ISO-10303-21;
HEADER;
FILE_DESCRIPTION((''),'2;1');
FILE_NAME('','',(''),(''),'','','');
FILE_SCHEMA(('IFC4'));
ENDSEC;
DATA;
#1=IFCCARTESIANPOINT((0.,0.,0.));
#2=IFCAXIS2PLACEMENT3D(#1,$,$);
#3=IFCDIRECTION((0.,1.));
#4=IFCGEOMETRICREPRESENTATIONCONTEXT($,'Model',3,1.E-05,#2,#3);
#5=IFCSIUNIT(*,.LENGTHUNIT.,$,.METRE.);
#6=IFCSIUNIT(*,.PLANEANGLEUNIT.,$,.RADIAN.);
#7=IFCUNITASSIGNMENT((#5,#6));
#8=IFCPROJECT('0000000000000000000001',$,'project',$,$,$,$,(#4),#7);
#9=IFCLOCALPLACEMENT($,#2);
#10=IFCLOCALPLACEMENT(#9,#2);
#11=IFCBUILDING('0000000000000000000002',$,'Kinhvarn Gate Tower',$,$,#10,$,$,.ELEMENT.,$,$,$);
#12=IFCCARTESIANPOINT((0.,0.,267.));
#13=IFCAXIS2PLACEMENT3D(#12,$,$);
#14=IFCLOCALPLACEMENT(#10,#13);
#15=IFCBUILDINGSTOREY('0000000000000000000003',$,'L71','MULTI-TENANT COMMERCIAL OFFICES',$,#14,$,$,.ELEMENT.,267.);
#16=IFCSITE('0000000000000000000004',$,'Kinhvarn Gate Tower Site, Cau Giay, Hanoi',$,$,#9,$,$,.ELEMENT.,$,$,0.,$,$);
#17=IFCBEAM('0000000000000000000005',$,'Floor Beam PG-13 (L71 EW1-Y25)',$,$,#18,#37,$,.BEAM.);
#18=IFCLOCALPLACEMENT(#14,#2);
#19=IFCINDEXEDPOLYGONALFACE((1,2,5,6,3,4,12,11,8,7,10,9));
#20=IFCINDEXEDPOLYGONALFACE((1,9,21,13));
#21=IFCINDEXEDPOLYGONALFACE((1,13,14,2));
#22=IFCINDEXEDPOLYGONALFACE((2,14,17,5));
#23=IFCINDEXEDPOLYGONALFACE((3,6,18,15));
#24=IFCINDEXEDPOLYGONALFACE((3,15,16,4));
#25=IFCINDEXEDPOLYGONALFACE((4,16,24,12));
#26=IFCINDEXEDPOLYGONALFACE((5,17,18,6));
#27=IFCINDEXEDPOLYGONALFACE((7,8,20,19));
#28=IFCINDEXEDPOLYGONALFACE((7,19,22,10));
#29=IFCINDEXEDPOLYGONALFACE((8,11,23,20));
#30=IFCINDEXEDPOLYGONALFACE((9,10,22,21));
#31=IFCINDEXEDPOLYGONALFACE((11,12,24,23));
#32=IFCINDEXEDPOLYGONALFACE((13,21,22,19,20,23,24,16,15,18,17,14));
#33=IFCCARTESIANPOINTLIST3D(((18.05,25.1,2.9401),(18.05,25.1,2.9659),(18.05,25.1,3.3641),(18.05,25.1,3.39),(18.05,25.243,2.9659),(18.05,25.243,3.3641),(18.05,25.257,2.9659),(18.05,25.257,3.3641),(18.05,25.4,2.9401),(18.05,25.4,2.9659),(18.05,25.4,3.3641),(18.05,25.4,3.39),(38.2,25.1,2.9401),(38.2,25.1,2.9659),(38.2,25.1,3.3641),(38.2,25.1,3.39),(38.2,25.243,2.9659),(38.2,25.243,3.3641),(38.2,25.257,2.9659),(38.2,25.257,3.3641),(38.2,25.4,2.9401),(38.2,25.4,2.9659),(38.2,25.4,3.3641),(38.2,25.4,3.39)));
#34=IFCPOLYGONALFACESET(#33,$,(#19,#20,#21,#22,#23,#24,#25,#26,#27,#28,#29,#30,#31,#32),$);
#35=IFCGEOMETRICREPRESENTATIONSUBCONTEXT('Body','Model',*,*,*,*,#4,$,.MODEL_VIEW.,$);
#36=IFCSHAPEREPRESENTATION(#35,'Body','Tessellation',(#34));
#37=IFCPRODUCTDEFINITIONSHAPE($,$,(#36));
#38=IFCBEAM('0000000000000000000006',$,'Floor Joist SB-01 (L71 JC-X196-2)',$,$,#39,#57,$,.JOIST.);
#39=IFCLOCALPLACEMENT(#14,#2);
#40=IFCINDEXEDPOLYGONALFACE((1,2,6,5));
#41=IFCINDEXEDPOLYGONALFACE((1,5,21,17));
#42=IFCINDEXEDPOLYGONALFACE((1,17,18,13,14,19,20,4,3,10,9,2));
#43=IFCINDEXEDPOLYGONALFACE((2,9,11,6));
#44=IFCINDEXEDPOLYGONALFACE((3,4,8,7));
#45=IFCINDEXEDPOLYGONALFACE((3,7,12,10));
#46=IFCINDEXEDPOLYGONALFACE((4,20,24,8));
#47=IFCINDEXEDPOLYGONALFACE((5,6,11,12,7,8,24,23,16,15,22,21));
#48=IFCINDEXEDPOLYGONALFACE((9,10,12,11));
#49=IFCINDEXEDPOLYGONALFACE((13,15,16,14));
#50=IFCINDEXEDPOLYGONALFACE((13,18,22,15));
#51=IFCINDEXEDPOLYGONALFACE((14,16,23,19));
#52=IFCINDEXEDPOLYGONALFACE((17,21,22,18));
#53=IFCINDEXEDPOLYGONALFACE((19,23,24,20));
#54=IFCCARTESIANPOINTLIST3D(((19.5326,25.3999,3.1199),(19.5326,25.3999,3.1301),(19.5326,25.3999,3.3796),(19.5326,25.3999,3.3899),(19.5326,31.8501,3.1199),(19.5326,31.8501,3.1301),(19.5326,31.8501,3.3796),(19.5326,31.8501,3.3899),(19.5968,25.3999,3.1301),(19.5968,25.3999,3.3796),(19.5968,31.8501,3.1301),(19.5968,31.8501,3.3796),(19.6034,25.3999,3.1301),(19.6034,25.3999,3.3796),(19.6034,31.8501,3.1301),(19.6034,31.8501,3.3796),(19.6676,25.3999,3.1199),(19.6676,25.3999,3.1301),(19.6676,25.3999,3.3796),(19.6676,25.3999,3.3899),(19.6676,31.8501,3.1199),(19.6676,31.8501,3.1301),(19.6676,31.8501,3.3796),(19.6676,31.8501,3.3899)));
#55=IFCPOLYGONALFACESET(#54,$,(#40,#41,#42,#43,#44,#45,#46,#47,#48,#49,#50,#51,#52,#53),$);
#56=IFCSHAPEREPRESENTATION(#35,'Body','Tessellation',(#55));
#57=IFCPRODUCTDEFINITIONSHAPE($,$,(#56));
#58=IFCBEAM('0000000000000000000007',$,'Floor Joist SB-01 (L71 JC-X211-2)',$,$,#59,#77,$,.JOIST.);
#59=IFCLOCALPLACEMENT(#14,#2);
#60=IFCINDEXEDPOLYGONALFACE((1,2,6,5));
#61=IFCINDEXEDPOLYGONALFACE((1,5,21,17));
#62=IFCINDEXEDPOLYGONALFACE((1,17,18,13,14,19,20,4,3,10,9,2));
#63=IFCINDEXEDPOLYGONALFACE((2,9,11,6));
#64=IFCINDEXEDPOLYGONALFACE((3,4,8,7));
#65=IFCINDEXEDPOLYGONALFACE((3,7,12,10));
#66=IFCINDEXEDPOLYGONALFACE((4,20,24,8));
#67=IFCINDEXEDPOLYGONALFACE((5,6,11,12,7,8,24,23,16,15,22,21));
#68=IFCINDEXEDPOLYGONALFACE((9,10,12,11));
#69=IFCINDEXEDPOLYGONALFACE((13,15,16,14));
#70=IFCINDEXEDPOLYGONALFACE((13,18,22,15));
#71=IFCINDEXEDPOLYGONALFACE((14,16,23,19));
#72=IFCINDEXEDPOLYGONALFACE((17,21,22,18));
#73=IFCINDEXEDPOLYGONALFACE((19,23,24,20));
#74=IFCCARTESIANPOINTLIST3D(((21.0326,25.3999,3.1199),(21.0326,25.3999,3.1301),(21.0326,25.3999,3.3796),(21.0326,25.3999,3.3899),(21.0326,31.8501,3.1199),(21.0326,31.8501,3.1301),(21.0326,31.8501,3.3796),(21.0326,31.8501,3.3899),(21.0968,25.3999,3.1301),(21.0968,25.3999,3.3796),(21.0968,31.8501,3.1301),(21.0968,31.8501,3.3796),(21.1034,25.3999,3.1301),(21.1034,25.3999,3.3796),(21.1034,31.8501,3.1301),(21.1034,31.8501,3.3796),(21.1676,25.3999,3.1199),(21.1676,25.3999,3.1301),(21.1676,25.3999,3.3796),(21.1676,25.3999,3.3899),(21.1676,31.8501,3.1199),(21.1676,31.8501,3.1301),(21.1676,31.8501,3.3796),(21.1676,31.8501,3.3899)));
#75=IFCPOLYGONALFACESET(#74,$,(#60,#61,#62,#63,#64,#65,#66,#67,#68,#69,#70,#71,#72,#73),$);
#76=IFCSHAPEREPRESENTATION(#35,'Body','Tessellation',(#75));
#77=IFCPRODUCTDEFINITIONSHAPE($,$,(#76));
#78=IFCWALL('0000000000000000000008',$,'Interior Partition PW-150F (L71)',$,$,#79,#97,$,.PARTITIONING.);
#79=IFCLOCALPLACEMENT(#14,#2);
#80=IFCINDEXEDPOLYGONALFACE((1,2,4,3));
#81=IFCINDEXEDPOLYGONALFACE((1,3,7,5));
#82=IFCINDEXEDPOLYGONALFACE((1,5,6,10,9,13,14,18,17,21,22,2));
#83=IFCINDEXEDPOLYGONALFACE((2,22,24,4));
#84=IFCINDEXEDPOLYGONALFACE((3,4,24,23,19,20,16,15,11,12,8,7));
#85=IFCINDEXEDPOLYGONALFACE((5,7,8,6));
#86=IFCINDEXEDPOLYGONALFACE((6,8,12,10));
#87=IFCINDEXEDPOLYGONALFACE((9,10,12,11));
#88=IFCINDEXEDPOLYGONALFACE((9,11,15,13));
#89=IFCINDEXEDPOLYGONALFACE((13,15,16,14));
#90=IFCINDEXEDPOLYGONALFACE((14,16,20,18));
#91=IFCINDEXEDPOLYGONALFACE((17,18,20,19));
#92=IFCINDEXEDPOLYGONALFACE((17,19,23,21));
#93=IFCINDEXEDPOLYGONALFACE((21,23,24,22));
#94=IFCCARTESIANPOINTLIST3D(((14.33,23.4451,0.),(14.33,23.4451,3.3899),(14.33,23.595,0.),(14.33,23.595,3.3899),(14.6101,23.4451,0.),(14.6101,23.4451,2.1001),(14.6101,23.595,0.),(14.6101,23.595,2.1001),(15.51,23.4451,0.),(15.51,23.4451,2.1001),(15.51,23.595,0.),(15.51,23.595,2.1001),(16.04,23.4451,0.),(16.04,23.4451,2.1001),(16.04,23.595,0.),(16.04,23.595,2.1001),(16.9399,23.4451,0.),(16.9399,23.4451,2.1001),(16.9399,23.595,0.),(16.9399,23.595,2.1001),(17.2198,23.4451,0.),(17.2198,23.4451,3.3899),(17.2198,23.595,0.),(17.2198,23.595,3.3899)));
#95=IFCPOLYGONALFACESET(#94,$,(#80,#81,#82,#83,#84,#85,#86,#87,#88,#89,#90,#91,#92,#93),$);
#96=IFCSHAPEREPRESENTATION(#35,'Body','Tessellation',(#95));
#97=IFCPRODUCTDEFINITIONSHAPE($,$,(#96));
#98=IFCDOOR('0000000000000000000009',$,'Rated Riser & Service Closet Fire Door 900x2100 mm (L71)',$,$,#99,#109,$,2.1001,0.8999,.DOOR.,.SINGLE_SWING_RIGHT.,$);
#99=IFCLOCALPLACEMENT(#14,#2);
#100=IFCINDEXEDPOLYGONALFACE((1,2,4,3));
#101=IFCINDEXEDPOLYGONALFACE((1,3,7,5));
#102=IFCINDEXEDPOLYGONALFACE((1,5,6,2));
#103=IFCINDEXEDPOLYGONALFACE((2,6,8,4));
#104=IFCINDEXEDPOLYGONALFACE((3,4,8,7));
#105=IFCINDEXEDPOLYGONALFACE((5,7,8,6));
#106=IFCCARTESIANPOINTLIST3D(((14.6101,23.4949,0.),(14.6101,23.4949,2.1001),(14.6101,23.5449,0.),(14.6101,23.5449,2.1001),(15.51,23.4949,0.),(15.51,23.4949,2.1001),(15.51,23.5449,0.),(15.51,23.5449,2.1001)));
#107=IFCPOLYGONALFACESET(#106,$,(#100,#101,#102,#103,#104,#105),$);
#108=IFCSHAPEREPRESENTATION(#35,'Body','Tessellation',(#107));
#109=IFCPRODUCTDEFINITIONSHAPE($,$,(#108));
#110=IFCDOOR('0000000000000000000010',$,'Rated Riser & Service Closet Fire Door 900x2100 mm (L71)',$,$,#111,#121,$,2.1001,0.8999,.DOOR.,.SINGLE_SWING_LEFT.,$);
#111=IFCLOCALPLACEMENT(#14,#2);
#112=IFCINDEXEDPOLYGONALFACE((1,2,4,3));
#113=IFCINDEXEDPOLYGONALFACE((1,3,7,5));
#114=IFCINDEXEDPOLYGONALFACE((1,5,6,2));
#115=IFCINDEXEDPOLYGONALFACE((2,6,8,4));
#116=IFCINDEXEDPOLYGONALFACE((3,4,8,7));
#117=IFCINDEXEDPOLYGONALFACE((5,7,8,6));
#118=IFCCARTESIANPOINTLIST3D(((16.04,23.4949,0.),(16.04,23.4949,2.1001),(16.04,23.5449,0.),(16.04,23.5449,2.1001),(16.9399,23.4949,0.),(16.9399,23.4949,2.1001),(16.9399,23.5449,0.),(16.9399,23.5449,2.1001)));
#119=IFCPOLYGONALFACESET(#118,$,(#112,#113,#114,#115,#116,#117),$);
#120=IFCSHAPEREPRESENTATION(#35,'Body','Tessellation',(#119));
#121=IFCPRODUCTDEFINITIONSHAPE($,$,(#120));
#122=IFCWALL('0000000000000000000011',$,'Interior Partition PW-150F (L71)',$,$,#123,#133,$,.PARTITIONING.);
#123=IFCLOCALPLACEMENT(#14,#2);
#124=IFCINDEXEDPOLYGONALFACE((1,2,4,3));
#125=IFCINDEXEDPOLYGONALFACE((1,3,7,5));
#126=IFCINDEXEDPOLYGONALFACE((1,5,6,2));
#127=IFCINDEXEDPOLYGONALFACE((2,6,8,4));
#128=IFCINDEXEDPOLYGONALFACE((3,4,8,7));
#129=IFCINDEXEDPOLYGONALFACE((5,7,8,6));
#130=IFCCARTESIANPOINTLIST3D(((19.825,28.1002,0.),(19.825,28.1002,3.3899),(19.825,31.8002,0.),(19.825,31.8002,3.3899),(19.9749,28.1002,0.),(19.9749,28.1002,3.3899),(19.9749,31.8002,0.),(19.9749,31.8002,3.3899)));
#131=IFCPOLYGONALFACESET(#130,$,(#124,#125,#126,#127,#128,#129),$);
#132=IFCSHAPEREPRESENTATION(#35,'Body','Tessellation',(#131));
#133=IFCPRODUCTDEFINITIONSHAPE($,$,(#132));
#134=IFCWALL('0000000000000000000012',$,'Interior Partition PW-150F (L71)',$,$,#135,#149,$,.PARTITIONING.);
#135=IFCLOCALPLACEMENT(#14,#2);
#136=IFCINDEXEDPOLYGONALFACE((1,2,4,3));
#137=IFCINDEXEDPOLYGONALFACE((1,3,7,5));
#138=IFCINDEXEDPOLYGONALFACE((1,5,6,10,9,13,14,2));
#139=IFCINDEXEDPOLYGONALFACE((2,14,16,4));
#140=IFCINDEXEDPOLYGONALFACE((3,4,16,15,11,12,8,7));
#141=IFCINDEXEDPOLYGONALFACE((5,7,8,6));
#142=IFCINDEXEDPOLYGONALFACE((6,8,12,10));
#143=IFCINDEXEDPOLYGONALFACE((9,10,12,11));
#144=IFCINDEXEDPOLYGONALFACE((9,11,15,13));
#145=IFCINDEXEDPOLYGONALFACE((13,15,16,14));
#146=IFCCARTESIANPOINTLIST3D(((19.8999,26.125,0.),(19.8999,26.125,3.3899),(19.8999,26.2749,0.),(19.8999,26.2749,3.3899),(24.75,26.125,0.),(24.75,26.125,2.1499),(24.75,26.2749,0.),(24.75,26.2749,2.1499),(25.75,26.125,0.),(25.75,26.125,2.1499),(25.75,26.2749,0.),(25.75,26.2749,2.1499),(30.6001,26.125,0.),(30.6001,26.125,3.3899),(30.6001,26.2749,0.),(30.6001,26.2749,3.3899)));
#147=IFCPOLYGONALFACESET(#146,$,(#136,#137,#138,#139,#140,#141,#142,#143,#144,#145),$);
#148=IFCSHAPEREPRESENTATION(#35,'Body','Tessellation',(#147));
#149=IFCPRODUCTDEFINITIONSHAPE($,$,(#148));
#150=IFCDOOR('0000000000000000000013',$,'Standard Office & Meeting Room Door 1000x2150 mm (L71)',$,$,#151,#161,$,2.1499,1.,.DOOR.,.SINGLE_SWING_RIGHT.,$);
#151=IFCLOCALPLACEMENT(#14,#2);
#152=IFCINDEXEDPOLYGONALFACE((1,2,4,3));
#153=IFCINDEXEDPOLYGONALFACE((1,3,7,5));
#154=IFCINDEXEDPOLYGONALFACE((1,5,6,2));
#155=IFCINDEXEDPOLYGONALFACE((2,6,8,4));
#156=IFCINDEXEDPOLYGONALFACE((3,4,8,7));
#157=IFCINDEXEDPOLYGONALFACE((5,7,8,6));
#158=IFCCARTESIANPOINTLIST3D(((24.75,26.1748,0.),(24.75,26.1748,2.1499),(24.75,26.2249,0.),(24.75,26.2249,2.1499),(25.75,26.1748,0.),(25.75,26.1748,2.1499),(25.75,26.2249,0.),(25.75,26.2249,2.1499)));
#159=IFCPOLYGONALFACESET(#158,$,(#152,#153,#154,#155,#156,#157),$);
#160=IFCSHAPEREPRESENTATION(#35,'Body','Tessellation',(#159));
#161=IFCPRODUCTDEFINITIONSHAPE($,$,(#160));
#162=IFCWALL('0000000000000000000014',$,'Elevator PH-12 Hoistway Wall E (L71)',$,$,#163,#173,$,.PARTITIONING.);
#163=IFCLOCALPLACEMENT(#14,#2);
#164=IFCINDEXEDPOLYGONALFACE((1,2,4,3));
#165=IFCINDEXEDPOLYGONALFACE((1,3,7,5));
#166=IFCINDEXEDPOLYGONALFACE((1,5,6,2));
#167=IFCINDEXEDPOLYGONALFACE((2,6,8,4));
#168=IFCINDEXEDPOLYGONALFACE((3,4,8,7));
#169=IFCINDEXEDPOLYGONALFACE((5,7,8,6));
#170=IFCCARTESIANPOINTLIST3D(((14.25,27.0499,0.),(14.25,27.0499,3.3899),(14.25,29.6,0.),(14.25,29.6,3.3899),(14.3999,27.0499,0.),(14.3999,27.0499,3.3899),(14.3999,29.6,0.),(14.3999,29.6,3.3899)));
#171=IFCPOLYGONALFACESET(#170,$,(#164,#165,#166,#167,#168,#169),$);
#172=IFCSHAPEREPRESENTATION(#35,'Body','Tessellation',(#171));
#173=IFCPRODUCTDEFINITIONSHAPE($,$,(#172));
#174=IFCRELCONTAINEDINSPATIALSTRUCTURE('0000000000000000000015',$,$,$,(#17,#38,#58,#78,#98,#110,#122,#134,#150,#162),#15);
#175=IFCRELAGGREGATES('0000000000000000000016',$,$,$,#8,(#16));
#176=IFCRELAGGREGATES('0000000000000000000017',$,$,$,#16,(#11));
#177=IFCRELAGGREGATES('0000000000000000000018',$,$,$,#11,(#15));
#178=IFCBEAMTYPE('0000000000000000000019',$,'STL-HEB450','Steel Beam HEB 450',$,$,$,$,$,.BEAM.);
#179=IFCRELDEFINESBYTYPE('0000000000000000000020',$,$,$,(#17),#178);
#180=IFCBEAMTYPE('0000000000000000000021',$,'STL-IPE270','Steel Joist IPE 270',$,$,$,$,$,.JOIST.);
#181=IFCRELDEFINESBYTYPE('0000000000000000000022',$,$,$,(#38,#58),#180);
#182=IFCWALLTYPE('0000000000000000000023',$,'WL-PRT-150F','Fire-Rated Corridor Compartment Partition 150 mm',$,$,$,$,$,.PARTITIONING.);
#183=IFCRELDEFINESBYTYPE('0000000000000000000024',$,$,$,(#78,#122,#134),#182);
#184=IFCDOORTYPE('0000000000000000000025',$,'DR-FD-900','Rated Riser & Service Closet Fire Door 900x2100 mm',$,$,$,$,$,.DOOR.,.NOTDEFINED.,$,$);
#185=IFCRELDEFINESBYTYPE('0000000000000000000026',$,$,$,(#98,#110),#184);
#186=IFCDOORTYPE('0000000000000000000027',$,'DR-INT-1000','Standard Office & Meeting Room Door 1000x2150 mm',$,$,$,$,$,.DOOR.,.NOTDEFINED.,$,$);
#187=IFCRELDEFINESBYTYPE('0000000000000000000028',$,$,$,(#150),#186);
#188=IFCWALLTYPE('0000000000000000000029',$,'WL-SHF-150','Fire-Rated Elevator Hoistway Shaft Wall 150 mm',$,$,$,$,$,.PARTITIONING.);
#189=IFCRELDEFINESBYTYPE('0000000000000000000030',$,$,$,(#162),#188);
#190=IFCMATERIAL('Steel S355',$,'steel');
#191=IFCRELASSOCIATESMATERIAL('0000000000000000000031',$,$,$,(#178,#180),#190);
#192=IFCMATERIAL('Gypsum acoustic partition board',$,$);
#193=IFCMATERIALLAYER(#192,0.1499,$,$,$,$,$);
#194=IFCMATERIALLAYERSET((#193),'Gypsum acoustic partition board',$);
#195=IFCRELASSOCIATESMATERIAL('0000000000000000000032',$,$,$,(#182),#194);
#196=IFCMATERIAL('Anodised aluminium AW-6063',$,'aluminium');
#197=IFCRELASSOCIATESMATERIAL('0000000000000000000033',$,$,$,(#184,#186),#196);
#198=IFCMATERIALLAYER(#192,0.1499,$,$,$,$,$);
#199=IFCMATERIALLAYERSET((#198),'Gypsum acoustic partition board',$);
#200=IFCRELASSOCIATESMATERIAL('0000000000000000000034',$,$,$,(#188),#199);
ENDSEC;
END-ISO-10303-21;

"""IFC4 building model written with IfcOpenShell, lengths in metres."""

from ifc_helpers import new_model, si_unit, direction, frame, frame_2d, origin, origin_2d, place, context, subcontext, project, spatial, rectangle, i_section, extrude, material, layer, layer_set, material_profile, profile_set, type_object, element, fill, save


model = new_model("IFC4")

# Units and contexts
model_context = context("Model", 3, precision=1e-05, world=origin(), true_north=direction((0.0, 1.0)))
body_context = subcontext(model_context, "Body", "Model", "MODEL_VIEW")
ifc_project = project(units=[si_unit("LENGTHUNIT", "METRE"), si_unit("PLANEANGLEUNIT", "RADIAN")], contexts=[model_context])

# Site, building, storey
site_placement = place(None, origin())
site = spatial("IfcSite", under=ifc_project, at=site_placement, Name="Kinhvarn Gate Tower Site, Cau Giay, Hanoi", CompositionType="ELEMENT", RefElevation=0.0)
building_placement = place(site_placement, origin())
building = spatial("IfcBuilding", under=site, at=building_placement, Name="Kinhvarn Gate Tower", CompositionType="ELEMENT")
storey_placement = place(building_placement, frame((0.0, 0.0, 267.0)))
storey = spatial("IfcBuildingStorey", under=building, at=storey_placement, Name="L71", Description="MULTI-TENANT COMMERCIAL OFFICES", CompositionType="ELEMENT", Elevation=267.0)

# Beams
ifc_material_1 = material(Name="Steel S355", Category="steel")
ifc_material_profile_1 = material_profile(ifc_material_1, i_section(OverallWidth=0.3, OverallDepth=0.45, WebThickness=0.0139, FlangeThickness=0.0259, at=origin_2d()), Name="HEB 450")
ifc_profile_set_1 = profile_set([ifc_material_profile_1], Name="Steel S355")
beam_type_1 = type_object("IfcBeamType", Name="STL-HEB450", Description="Steel Beam HEB 450", PredefinedType="BEAM", material=ifc_profile_set_1)
beam_placement = place(storey_placement, frame((18.05, 25.25, 3.165), z_axis=(1.0, 0.0, 0.0), x_axis=(0.0, 1.0, 0.0)))
element("IfcBeam", 1, at=beam_placement, inside=storey, type_object=beam_type_1, Name="Floor Beam PG-13 (L71 EW1-Y25)", PredefinedType="BEAM", context=body_context, shape_type="SweptSolid", body=[
    extrude(i_section(OverallWidth=0.3, OverallDepth=0.45, WebThickness=0.0139, FlangeThickness=0.0259, at=origin_2d()), origin(), (0.0, 0.0, 1.0), 20.1499),
])
ifc_material_profile_2 = material_profile(ifc_material_1, i_section(OverallWidth=0.135, OverallDepth=0.27, WebThickness=0.0066, FlangeThickness=0.0103, at=origin_2d()), Name="IPE 270")
ifc_profile_set_2 = profile_set([ifc_material_profile_2], Name="Steel S355")
beam_type_2 = type_object("IfcBeamType", Name="STL-IPE270", Description="Steel Joist IPE 270", PredefinedType="JOIST", material=ifc_profile_set_2)
for number, where, z_axis, x_axis, name in (
    (2, (19.6001, 25.3999, 3.2549), (0.0, 1.0, 0.0), (-1.0, 0.0, 0.0), "Floor Joist SB-01 (L71 JC-X196-2)"),
    (3, (21.1001, 25.3999, 3.2549), (0.0, 1.0, 0.0), (-1.0, 0.0, 0.0), "Floor Joist SB-01 (L71 JC-X211-2)"),
):
    element("IfcBeam", number, at=place(storey_placement, frame(where, z_axis=z_axis, x_axis=x_axis)), inside=storey, type_object=beam_type_2, Name=name, PredefinedType="JOIST", context=body_context, shape_type="SweptSolid", body=[
        extrude(i_section(OverallWidth=0.135, OverallDepth=0.27, WebThickness=0.0066, FlangeThickness=0.0103, at=origin_2d()), origin(), (0.0, 0.0, 1.0), 6.4502),
    ])

# Shared definitions
ifc_material_2 = material(Name="Anodised aluminium AW-6063", Category="aluminium")

# Wall, openings, doors
ifc_material_3 = material(Name="Gypsum acoustic partition board")
ifc_layer_1 = layer(ifc_material_3, 0.1499)
ifc_layer_set_1 = layer_set([ifc_layer_1], Name="Gypsum acoustic partition board")
wall_type_1 = type_object("IfcWallType", Name="WL-PRT-150F", Description="Fire-Rated Corridor Compartment Partition 150 mm", PredefinedType="PARTITIONING", material=ifc_layer_set_1)
wall_1_placement = place(storey_placement, frame((14.3301, 23.52, 0.0), z_axis=(0.0, 0.0, 1.0), x_axis=(1.0, 0.0, 0.0)))
wall_1 = element("IfcWall", 4, at=wall_1_placement, inside=storey, type_object=wall_type_1, Name="Interior Partition PW-150F (L71)", PredefinedType="PARTITIONING", context=body_context, shape_type="SweptSolid", body=[
    extrude(rectangle(XDim=2.8899, YDim=0.1499, at=frame_2d((1.4448, 0.0))), origin(), (0.0, 0.0, 1.0), 3.3899),
])
opening_1_placement = place(wall_1_placement, frame((0.28, 0.0, 0.0)))
opening_1 = element("IfcOpeningElement", 5, at=opening_1_placement, cuts=wall_1, PredefinedType="OPENING", context=body_context, shape_type="SweptSolid", body=[
    extrude(rectangle(XDim=0.8999, YDim=2.1001, at=frame_2d((0.45, 1.05))), frame((0.0, 0.085, 0.0), z_axis=(0.0, -1.0, 0.0), x_axis=(1.0, 0.0, 0.0)), (0.0, 0.0, 1.0), 0.1699),
])
opening_2_placement = place(wall_1_placement, frame((1.71, 0.0, 0.0)))
opening_2 = element("IfcOpeningElement", 6, at=opening_2_placement, cuts=wall_1, PredefinedType="OPENING", context=body_context, shape_type="SweptSolid", body=[
    extrude(rectangle(XDim=0.8999, YDim=2.1001, at=frame_2d((0.45, 1.05))), frame((0.0, 0.085, 0.0), z_axis=(0.0, -1.0, 0.0), x_axis=(1.0, 0.0, 0.0)), (0.0, 0.0, 1.0), 0.1699),
])
door_type_1 = type_object("IfcDoorType", Name="DR-FD-900", Description="Rated Riser & Service Closet Fire Door 900x2100 mm", OperationType="NOTDEFINED", PredefinedType="DOOR", material=ifc_material_2)
door_1_placement = place(opening_1_placement, origin())
door_1 = element("IfcDoor", 7, at=door_1_placement, inside=storey, type_object=door_type_1, Name="Rated Riser & Service Closet Fire Door 900x2100 mm (L71)", OperationType="SINGLE_SWING_RIGHT", OverallHeight=2.1001, OverallWidth=0.8999, PredefinedType="DOOR", context=body_context, shape_type="SweptSolid", body=[
    extrude(rectangle(XDim=0.8999, YDim=2.1001, at=frame_2d((0.45, 1.05))), frame((0.0, 0.0249, 0.0), z_axis=(0.0, -1.0, 0.0), x_axis=(1.0, 0.0, 0.0)), (0.0, 0.0, 1.0), 0.05),
])
fill(opening_1, door_1)
door_2_placement = place(opening_2_placement, origin())
door_2 = element("IfcDoor", 8, at=door_2_placement, inside=storey, type_object=door_type_1, Name="Rated Riser & Service Closet Fire Door 900x2100 mm (L71)", OperationType="SINGLE_SWING_LEFT", OverallHeight=2.1001, OverallWidth=0.8999, PredefinedType="DOOR", context=body_context, shape_type="SweptSolid", body=[
    extrude(rectangle(XDim=0.8999, YDim=2.1001, at=frame_2d((0.45, 1.05))), frame((0.0, 0.0249, 0.0), z_axis=(0.0, -1.0, 0.0), x_axis=(1.0, 0.0, 0.0)), (0.0, 0.0, 1.0), 0.05),
])
fill(opening_2, door_2)

# Wall
wall_2_placement = place(storey_placement, frame((19.8999, 28.1001, 0.0), z_axis=(0.0, 0.0, 1.0), x_axis=(0.0, 1.0, 0.0)))
element("IfcWall", 9, at=wall_2_placement, inside=storey, type_object=wall_type_1, Name="Interior Partition PW-150F (L71)", PredefinedType="PARTITIONING", context=body_context, shape_type="SweptSolid", body=[
    extrude(rectangle(XDim=3.7, YDim=0.1499, at=frame_2d((1.8501, 0.0))), origin(), (0.0, 0.0, 1.0), 3.3899),
])

# Wall, opening, door
wall_3_placement = place(storey_placement, frame((19.8999, 26.2, 0.0), z_axis=(0.0, 0.0, 1.0), x_axis=(1.0, 0.0, 0.0)))
wall_3 = element("IfcWall", 10, at=wall_3_placement, inside=storey, type_object=wall_type_1, Name="Interior Partition PW-150F (L71)", PredefinedType="PARTITIONING", context=body_context, shape_type="SweptSolid", body=[
    extrude(rectangle(XDim=10.7002, YDim=0.1499, at=frame_2d((5.3501, 0.0))), origin(), (0.0, 0.0, 1.0), 3.3899),
])
opening_3_placement = place(wall_3_placement, frame((4.8501, 0.0, 0.0)))
opening_3 = element("IfcOpeningElement", 11, at=opening_3_placement, cuts=wall_3, PredefinedType="OPENING", context=body_context, shape_type="SweptSolid", body=[
    extrude(rectangle(XDim=1.0, YDim=2.1499, at=frame_2d((0.5, 1.075))), frame((0.0, 0.085, 0.0), z_axis=(0.0, -1.0, 0.0), x_axis=(1.0, 0.0, 0.0)), (0.0, 0.0, 1.0), 0.1699),
])
door_type_2 = type_object("IfcDoorType", Name="DR-INT-1000", Description="Standard Office & Meeting Room Door 1000x2150 mm", OperationType="NOTDEFINED", PredefinedType="DOOR", material=ifc_material_2)
door_3_placement = place(opening_3_placement, origin())
door_3 = element("IfcDoor", 12, at=door_3_placement, inside=storey, type_object=door_type_2, Name="Standard Office & Meeting Room Door 1000x2150 mm (L71)", OperationType="SINGLE_SWING_RIGHT", OverallHeight=2.1499, OverallWidth=1.0, PredefinedType="DOOR", context=body_context, shape_type="SweptSolid", body=[
    extrude(rectangle(XDim=1.0, YDim=2.1499, at=frame_2d((0.5, 1.075))), frame((0.0, 0.0249, 0.0), z_axis=(0.0, -1.0, 0.0), x_axis=(1.0, 0.0, 0.0)), (0.0, 0.0, 1.0), 0.05),
])
fill(opening_3, door_3)

# Wall
ifc_layer_2 = layer(ifc_material_3, 0.1499)
ifc_layer_set_2 = layer_set([ifc_layer_2], Name="Gypsum acoustic partition board")
wall_type_2 = type_object("IfcWallType", Name="WL-SHF-150", Description="Fire-Rated Elevator Hoistway Shaft Wall 150 mm", PredefinedType="PARTITIONING", material=ifc_layer_set_2)
wall_4_placement = place(storey_placement, frame((14.325, 27.05, 0.0), z_axis=(0.0, 0.0, 1.0), x_axis=(0.0, 1.0, 0.0)))
element("IfcWall", 13, at=wall_4_placement, inside=storey, type_object=wall_type_2, Name="Elevator PH-12 Hoistway Wall E (L71)", PredefinedType="PARTITIONING", context=body_context, shape_type="SweptSolid", body=[
    extrude(rectangle(XDim=2.55, YDim=0.1499, at=frame_2d((1.2749, 0.0))), origin(), (0.0, 0.0, 1.0), 3.3899),
])

save(model, "model.ifc")
